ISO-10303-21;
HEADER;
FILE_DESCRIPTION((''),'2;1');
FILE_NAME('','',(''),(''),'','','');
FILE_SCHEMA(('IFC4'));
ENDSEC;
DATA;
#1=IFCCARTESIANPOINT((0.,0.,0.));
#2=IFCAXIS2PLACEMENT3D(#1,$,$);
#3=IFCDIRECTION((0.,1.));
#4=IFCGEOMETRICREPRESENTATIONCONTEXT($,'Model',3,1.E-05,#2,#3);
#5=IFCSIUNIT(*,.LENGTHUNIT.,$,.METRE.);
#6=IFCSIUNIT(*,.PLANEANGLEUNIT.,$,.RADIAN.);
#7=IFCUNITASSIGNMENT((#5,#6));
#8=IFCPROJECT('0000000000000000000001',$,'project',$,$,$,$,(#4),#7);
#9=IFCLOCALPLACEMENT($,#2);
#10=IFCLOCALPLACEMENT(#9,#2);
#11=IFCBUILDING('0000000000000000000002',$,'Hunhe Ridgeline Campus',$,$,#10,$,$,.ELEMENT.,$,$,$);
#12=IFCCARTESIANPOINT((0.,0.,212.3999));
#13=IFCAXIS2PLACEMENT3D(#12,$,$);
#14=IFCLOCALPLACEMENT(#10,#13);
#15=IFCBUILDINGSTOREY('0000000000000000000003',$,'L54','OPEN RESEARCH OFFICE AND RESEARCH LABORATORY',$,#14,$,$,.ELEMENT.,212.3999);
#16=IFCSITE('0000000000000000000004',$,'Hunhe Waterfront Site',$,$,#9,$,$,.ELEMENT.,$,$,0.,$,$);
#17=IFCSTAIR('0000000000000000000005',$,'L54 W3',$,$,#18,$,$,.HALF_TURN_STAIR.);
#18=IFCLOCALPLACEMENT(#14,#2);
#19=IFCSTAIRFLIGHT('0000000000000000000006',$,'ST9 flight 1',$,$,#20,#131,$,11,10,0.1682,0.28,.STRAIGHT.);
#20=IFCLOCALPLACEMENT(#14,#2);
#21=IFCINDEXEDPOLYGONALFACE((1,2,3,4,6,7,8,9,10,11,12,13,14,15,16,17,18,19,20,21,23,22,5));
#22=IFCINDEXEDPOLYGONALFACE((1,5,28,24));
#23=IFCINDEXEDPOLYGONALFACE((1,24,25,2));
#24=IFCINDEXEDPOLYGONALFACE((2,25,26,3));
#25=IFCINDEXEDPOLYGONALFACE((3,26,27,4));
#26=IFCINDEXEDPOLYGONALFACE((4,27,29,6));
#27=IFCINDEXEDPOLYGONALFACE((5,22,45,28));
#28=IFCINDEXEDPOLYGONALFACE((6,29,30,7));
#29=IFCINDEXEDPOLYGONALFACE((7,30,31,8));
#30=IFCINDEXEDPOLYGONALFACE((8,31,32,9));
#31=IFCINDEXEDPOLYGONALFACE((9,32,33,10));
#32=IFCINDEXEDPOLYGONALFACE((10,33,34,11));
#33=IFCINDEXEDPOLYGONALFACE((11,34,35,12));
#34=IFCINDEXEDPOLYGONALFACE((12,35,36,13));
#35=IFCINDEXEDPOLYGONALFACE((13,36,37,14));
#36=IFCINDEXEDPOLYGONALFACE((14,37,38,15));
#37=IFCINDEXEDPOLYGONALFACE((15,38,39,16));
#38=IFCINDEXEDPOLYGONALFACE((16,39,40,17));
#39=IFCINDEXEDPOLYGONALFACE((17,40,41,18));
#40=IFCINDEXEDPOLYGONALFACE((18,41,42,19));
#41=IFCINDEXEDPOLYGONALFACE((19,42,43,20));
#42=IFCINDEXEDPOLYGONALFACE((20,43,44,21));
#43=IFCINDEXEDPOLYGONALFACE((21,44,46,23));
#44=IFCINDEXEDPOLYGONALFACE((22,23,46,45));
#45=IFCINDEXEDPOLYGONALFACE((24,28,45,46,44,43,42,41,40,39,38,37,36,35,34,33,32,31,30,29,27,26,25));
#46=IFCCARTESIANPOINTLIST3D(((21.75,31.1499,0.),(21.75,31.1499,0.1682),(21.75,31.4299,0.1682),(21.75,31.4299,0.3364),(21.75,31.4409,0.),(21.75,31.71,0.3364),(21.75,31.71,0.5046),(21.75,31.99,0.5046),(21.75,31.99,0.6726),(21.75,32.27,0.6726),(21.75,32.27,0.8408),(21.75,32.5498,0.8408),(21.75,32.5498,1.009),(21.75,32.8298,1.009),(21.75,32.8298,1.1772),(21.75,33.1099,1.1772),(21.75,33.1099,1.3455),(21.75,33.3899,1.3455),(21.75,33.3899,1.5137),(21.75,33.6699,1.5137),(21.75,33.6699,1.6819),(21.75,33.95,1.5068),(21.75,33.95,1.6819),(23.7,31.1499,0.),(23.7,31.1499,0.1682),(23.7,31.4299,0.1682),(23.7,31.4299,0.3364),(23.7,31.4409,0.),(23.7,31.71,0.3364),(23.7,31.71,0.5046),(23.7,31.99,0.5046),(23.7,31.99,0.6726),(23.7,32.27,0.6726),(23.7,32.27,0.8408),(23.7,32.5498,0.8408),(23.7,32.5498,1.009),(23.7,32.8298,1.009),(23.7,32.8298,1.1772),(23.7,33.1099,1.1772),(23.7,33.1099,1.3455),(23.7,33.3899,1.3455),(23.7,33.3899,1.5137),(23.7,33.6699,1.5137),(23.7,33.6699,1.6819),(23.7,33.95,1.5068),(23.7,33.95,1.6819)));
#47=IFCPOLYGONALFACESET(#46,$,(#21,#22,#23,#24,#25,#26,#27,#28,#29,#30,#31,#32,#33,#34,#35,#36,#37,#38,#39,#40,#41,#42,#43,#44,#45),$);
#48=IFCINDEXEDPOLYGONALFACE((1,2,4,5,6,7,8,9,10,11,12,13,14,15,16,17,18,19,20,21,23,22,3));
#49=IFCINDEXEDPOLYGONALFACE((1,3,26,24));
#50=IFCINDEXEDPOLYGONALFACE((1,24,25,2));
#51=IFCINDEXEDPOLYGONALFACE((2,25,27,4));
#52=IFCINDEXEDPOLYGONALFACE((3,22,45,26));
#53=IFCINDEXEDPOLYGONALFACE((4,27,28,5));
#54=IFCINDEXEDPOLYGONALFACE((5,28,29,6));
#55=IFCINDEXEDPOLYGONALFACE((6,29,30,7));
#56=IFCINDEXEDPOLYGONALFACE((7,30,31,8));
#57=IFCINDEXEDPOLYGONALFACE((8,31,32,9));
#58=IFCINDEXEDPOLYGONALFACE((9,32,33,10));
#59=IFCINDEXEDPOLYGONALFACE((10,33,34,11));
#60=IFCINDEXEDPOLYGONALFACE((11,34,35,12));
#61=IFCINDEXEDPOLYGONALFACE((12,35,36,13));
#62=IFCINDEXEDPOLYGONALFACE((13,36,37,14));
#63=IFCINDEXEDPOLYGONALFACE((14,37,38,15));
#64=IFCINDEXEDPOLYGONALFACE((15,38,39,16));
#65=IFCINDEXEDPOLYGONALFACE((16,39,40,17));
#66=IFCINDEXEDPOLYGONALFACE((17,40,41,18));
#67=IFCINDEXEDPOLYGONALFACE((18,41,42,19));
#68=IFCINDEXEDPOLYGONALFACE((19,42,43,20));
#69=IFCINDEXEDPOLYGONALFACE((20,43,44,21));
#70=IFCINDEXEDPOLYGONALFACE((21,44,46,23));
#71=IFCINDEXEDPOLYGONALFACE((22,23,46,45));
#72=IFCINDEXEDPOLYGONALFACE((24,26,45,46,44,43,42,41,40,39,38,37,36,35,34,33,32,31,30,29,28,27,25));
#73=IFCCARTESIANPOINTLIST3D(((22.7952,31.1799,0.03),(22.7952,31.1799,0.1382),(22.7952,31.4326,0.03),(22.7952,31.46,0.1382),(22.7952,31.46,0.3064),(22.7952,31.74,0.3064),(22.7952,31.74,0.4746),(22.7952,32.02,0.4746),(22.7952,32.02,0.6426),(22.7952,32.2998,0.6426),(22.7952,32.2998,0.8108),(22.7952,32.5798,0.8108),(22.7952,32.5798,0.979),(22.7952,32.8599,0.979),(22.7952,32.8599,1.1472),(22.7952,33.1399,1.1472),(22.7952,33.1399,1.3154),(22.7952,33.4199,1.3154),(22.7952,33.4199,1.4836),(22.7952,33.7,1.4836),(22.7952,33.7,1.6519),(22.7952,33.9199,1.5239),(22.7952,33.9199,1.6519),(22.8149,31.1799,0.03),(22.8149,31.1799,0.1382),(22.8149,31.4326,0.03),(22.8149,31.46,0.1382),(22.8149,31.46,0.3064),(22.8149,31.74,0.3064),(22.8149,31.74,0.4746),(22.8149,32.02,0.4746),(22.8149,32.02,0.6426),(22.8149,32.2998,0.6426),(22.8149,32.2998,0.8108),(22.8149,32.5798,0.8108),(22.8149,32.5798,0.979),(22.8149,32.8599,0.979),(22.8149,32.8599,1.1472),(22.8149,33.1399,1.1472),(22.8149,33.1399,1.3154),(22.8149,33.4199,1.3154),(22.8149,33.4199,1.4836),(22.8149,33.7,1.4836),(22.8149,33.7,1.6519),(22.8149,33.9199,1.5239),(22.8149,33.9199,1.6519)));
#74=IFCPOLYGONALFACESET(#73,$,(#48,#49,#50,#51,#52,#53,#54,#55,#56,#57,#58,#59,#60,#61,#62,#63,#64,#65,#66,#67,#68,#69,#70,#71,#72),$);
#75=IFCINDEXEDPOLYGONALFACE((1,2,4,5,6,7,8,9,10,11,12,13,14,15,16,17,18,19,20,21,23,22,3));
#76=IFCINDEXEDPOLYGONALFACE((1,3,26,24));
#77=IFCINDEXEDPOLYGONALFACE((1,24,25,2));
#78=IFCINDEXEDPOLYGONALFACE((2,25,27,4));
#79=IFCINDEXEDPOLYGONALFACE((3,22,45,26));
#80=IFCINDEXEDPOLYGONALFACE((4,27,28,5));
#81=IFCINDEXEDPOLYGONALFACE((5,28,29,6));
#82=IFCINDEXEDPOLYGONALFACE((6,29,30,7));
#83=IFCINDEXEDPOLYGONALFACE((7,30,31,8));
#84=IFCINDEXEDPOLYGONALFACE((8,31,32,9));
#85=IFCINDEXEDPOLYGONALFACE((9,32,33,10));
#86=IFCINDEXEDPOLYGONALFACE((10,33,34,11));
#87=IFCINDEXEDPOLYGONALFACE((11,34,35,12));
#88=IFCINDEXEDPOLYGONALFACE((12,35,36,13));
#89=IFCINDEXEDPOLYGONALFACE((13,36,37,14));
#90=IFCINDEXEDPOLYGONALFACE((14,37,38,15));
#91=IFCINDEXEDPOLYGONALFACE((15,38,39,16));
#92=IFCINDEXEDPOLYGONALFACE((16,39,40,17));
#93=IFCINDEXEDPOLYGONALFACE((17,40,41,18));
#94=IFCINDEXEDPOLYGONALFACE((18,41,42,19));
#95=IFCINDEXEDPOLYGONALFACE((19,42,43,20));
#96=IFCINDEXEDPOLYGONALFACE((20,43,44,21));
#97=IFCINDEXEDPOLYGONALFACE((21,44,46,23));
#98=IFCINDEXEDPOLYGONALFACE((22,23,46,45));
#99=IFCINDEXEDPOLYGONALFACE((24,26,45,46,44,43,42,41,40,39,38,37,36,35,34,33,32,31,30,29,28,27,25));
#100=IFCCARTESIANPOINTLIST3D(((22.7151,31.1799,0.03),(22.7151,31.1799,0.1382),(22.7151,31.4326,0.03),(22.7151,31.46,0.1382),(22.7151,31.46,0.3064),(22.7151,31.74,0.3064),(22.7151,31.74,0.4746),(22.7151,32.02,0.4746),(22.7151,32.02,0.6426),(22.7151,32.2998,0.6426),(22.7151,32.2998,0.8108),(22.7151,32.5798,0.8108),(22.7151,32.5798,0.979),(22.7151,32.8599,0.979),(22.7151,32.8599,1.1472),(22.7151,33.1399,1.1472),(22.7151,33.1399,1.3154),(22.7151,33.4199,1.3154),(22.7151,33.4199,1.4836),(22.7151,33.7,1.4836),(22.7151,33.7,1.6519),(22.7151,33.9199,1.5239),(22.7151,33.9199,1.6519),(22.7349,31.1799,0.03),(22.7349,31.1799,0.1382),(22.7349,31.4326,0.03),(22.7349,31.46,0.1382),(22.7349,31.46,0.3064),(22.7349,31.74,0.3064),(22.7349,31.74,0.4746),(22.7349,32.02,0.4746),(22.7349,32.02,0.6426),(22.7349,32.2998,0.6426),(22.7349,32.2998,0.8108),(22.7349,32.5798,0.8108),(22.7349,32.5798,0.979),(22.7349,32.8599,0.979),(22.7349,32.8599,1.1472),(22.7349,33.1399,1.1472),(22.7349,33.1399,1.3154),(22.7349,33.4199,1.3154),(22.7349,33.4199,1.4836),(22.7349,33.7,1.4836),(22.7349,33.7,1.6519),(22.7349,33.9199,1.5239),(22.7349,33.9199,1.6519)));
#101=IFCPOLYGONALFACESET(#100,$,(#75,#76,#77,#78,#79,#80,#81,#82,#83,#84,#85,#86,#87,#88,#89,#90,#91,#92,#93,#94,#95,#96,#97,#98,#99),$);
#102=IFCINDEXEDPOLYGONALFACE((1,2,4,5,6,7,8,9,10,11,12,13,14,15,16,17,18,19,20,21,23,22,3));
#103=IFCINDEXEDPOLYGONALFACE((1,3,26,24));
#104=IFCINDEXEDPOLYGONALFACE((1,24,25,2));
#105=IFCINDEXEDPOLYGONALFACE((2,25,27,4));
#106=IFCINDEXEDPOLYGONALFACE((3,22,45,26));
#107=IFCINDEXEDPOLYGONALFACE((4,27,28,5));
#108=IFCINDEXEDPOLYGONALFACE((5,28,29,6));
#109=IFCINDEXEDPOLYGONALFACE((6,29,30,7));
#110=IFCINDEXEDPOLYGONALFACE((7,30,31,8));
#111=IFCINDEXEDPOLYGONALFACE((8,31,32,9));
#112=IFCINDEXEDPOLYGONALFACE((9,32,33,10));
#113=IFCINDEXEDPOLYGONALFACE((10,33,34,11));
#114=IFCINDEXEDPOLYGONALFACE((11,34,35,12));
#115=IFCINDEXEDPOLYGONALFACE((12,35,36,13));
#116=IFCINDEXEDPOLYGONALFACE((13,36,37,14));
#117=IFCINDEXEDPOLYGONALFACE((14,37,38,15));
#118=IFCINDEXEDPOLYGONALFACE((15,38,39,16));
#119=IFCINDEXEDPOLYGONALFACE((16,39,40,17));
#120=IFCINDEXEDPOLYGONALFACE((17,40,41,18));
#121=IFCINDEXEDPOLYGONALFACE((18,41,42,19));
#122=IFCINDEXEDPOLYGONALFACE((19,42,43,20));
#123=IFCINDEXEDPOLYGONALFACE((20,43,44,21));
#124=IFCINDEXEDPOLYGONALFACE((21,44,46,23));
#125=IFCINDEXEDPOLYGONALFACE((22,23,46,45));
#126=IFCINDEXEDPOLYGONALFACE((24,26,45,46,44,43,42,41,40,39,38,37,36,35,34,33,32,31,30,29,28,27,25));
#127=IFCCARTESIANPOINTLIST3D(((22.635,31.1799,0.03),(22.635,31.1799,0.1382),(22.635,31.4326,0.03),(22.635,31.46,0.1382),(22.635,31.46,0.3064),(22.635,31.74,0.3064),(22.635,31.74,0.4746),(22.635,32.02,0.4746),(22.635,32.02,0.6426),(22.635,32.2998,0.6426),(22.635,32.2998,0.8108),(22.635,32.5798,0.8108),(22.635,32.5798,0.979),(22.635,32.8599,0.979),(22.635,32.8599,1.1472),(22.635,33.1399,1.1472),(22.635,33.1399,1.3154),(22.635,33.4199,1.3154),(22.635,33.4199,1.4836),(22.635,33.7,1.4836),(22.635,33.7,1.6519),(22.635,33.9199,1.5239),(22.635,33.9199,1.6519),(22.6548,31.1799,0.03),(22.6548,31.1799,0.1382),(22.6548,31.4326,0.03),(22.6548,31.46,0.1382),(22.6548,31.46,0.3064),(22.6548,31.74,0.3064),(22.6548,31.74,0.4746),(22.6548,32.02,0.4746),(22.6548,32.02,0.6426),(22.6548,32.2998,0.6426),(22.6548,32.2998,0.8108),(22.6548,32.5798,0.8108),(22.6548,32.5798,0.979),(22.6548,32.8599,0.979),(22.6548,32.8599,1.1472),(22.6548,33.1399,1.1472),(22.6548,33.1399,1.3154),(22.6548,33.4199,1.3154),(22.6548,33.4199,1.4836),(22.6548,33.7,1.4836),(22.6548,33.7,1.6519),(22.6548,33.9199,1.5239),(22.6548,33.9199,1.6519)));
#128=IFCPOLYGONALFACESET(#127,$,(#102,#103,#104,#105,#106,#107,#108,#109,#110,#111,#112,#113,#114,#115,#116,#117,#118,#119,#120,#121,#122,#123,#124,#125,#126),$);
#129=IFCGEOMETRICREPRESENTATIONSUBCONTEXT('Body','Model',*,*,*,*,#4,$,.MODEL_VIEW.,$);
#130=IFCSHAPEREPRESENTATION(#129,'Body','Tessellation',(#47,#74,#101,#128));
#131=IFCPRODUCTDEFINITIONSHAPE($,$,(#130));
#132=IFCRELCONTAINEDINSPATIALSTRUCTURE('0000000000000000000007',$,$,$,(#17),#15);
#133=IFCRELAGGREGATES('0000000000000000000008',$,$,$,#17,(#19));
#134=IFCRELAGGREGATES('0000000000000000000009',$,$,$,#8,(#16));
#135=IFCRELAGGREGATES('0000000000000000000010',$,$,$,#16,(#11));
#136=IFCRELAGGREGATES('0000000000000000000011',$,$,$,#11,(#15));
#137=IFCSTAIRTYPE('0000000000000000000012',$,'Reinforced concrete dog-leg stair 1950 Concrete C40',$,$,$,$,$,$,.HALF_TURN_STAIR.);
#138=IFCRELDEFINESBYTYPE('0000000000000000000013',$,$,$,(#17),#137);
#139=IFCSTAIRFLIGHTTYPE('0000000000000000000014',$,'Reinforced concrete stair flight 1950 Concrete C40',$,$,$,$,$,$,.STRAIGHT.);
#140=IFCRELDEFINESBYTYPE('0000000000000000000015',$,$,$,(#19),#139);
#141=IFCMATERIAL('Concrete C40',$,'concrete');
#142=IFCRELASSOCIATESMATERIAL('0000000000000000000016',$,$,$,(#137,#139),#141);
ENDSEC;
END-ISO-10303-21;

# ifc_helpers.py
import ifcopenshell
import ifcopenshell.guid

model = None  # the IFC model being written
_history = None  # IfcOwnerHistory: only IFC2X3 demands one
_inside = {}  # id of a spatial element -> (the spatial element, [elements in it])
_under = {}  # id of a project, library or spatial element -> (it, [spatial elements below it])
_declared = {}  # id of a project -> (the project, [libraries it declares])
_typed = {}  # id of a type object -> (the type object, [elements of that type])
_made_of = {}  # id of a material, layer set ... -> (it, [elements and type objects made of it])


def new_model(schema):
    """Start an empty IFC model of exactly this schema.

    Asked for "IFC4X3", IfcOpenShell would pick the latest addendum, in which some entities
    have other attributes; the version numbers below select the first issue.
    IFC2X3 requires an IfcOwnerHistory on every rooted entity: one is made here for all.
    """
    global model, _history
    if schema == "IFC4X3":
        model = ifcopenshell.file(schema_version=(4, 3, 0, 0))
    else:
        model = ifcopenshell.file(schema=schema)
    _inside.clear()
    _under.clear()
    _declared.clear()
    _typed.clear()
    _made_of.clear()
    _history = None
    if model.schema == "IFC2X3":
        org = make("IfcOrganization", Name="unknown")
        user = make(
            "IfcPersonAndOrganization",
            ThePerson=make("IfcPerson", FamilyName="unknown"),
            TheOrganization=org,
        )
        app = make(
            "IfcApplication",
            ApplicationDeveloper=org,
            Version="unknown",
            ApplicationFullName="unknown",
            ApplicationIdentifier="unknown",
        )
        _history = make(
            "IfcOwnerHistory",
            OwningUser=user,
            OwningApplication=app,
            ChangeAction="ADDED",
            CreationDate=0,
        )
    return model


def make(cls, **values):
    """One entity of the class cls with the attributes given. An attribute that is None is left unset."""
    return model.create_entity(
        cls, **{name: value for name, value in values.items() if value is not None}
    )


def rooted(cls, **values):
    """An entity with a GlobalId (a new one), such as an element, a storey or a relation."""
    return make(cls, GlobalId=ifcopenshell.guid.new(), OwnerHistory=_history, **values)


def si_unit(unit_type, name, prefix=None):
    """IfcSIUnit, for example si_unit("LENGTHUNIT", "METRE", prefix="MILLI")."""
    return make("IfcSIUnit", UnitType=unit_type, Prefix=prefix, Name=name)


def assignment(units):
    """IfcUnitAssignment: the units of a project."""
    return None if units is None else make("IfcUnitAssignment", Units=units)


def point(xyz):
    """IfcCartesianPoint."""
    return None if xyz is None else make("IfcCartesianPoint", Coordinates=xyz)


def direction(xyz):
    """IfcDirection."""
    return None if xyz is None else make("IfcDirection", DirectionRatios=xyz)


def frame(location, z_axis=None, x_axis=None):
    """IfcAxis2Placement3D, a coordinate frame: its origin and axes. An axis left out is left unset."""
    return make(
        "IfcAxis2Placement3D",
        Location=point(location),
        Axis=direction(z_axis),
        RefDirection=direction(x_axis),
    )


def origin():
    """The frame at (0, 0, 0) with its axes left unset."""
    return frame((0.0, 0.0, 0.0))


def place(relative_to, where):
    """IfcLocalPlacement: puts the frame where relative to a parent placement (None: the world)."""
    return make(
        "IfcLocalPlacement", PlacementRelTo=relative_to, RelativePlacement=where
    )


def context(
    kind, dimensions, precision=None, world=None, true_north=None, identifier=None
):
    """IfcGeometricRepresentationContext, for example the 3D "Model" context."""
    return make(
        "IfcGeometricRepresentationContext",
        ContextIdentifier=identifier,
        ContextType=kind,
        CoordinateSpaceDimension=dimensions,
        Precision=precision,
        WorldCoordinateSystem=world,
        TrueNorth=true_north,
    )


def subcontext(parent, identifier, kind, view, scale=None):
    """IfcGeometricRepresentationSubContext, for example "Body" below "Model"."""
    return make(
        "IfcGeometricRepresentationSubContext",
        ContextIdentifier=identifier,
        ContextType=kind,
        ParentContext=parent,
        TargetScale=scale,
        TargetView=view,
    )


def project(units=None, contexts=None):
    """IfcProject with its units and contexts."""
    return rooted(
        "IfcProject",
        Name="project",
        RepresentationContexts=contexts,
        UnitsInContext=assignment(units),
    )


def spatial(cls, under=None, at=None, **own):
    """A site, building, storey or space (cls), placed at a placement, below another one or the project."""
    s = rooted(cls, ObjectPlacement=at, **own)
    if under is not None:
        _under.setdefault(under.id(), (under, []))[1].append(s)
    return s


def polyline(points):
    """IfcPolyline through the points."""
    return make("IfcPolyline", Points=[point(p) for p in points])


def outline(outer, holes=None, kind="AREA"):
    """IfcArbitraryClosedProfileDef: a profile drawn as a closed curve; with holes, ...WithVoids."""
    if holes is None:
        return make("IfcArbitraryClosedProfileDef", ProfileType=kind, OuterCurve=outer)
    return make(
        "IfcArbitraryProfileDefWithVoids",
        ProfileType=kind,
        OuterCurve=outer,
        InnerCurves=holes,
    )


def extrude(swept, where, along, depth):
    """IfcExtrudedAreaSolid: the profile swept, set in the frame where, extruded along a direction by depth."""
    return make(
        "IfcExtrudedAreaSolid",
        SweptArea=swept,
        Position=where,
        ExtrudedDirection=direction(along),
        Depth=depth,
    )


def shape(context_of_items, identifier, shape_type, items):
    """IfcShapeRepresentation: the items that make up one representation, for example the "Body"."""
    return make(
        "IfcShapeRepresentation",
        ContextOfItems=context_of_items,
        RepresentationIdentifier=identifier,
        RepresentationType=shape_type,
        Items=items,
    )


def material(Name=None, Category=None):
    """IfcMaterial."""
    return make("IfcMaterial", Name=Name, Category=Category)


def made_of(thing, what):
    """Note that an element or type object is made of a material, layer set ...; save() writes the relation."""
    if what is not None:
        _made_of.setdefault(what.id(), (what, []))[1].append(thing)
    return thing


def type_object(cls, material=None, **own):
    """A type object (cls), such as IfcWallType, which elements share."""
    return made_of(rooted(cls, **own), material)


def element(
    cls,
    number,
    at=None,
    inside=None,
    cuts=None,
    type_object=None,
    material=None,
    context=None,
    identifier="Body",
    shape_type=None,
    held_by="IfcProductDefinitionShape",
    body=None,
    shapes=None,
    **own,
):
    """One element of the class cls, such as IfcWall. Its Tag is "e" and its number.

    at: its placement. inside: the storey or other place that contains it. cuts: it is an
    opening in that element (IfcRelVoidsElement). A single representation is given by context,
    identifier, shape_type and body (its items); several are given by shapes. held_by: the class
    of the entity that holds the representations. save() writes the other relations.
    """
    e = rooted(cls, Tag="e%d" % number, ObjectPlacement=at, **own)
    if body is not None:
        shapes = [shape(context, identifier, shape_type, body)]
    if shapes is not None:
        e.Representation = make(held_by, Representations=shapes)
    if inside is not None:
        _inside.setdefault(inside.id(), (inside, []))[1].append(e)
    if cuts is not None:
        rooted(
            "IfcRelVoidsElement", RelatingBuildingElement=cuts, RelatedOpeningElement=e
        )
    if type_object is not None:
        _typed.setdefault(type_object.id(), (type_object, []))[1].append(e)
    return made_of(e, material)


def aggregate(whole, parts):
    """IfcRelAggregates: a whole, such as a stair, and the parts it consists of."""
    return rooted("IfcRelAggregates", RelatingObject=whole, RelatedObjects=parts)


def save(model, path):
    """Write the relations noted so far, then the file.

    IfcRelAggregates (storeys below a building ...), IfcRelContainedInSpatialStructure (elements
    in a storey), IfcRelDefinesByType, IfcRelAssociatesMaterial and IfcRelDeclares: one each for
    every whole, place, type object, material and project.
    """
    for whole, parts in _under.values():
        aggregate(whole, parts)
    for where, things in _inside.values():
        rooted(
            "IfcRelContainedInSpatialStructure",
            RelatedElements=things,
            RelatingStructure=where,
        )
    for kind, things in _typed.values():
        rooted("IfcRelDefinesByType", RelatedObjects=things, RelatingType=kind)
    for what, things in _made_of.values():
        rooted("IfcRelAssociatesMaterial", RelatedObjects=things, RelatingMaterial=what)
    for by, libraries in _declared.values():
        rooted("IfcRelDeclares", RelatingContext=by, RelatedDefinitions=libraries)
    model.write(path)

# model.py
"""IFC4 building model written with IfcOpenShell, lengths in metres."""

from ifc_helpers import new_model, si_unit, direction, frame, origin, place, context, subcontext, project, spatial, polyline, outline, extrude, material, type_object, element, aggregate, save


model = new_model("IFC4")

# Units and contexts
model_context = context("Model", 3, precision=1e-05, world=origin(), true_north=direction((0.0, 1.0)))
body_context = subcontext(model_context, "Body", "Model", "MODEL_VIEW")
ifc_project = project(units=[si_unit("LENGTHUNIT", "METRE"), si_unit("PLANEANGLEUNIT", "RADIAN")], contexts=[model_context])

# Site, building, storey
site_placement = place(None, origin())
site = spatial("IfcSite", under=ifc_project, at=site_placement, Name="Hunhe Waterfront Site", CompositionType="ELEMENT", RefElevation=0.0)
building_placement = place(site_placement, origin())
building = spatial("IfcBuilding", under=site, at=building_placement, Name="Hunhe Ridgeline Campus", CompositionType="ELEMENT")
storey_placement = place(building_placement, frame((0.0, 0.0, 212.3999)))
storey = spatial("IfcBuildingStorey", under=building, at=storey_placement, Name="L54", Description="OPEN RESEARCH OFFICE AND RESEARCH LABORATORY", CompositionType="ELEMENT", Elevation=212.3999)

# Stair, stair flight
ifc_material_1 = material(Name="Concrete C40", Category="concrete")
stair_type = type_object("IfcStairType", Name="Reinforced concrete dog-leg stair 1950 Concrete C40", PredefinedType="HALF_TURN_STAIR", material=ifc_material_1)
stair_placement = place(storey_placement, origin())
stair = element("IfcStair", 1, at=stair_placement, inside=storey, type_object=stair_type, Name="L54 W3", PredefinedType="HALF_TURN_STAIR")
stair_flight_type = type_object("IfcStairFlightType", Name="Reinforced concrete stair flight 1950 Concrete C40", PredefinedType="STRAIGHT", material=ifc_material_1)
stair_flight_1_placement = place(storey_placement, frame((22.7251, 31.1499, 0.0), z_axis=(0.0, 0.0, 1.0), x_axis=(0.0, 1.0, 0.0)))
stair_flight_1 = element("IfcStairFlight", 2, at=stair_flight_1_placement, type_object=stair_flight_type, Name="ST9 flight 1", NumberOfRisers=11, NumberOfTreads=10, PredefinedType="STRAIGHT", RiserHeight=0.1682, TreadLength=0.28, context=body_context, shape_type="SweptSolid", body=[
    extrude(outline(polyline([(0.0, 0.0), (0.0, 0.1682), (0.28, 0.1682), (0.28, 0.3364), (0.5601, 0.3364), (0.5601, 0.5046), (0.8401, 0.5046), (0.8401, 0.6726), (1.1201, 0.6726), (1.1201, 0.8408), (1.3999, 0.8408), (1.3999, 1.009), (1.6799, 1.009), (1.6799, 1.1772), (1.96, 1.1772), (1.96, 1.3455), (2.24, 1.3455), (2.24, 1.5137), (2.52, 1.5137), (2.52, 1.6819), (2.8, 1.6819), (2.8, 1.8501), (2.8, 1.5068), (0.291, 0.0), (0.0, 0.0)])), frame((0.0, 0.9751, 0.0), z_axis=(0.0, -1.0, 0.0), x_axis=(1.0, 0.0, 0.0)), (0.0, 0.0, 1.0), 1.95),
    extrude(outline(polyline([(0.03, 0.03), (0.03, 0.1382), (0.3101, 0.1382), (0.3101, 0.3064), (0.5901, 0.3064), (0.5901, 0.4746), (0.8701, 0.4746), (0.8701, 0.6426), (1.1499, 0.6426), (1.1499, 0.8108), (1.4299, 0.8108), (1.4299, 0.979), (1.71, 0.979), (1.71, 1.1472), (1.99, 1.1472), (1.99, 1.3154), (2.27, 1.3154), (2.27, 1.4836), (2.55, 1.4836), (2.55, 1.6519), (2.77, 1.6519), (2.77, 1.5239), (0.2827, 0.03), (0.03, 0.03)])), frame((0.0, -0.0701, 0.0), z_axis=(0.0, -1.0, 0.0), x_axis=(1.0, 0.0, 0.0)), (0.0, 0.0, 1.0), 0.0198),
    extrude(outline(polyline([(0.03, 0.03), (0.03, 0.1382), (0.3101, 0.1382), (0.3101, 0.3064), (0.5901, 0.3064), (0.5901, 0.4746), (0.8701, 0.4746), (0.8701, 0.6426), (1.1499, 0.6426), (1.1499, 0.8108), (1.4299, 0.8108), (1.4299, 0.979), (1.71, 0.979), (1.71, 1.1472), (1.99, 1.1472), (1.99, 1.3154), (2.27, 1.3154), (2.27, 1.4836), (2.55, 1.4836), (2.55, 1.6519), (2.77, 1.6519), (2.77, 1.5239), (0.2827, 0.03), (0.03, 0.03)])), frame((0.0, 0.01, 0.0), z_axis=(0.0, -1.0, 0.0), x_axis=(1.0, 0.0, 0.0)), (0.0, 0.0, 1.0), 0.0198),
    extrude(outline(polyline([(0.03, 0.03), (0.03, 0.1382), (0.3101, 0.1382), (0.3101, 0.3064), (0.5901, 0.3064), (0.5901, 0.4746), (0.8701, 0.4746), (0.8701, 0.6426), (1.1499, 0.6426), (1.1499, 0.8108), (1.4299, 0.8108), (1.4299, 0.979), (1.71, 0.979), (1.71, 1.1472), (1.99, 1.1472), (1.99, 1.3154), (2.27, 1.3154), (2.27, 1.4836), (2.55, 1.4836), (2.55, 1.6519), (2.77, 1.6519), (2.77, 1.5239), (0.2827, 0.03), (0.03, 0.03)])), frame((0.0, 0.0901, 0.0), z_axis=(0.0, -1.0, 0.0), x_axis=(1.0, 0.0, 0.0)), (0.0, 0.0, 1.0), 0.0198),
])
aggregate(stair, [stair_flight_1])

save(model, "model.ifc")
